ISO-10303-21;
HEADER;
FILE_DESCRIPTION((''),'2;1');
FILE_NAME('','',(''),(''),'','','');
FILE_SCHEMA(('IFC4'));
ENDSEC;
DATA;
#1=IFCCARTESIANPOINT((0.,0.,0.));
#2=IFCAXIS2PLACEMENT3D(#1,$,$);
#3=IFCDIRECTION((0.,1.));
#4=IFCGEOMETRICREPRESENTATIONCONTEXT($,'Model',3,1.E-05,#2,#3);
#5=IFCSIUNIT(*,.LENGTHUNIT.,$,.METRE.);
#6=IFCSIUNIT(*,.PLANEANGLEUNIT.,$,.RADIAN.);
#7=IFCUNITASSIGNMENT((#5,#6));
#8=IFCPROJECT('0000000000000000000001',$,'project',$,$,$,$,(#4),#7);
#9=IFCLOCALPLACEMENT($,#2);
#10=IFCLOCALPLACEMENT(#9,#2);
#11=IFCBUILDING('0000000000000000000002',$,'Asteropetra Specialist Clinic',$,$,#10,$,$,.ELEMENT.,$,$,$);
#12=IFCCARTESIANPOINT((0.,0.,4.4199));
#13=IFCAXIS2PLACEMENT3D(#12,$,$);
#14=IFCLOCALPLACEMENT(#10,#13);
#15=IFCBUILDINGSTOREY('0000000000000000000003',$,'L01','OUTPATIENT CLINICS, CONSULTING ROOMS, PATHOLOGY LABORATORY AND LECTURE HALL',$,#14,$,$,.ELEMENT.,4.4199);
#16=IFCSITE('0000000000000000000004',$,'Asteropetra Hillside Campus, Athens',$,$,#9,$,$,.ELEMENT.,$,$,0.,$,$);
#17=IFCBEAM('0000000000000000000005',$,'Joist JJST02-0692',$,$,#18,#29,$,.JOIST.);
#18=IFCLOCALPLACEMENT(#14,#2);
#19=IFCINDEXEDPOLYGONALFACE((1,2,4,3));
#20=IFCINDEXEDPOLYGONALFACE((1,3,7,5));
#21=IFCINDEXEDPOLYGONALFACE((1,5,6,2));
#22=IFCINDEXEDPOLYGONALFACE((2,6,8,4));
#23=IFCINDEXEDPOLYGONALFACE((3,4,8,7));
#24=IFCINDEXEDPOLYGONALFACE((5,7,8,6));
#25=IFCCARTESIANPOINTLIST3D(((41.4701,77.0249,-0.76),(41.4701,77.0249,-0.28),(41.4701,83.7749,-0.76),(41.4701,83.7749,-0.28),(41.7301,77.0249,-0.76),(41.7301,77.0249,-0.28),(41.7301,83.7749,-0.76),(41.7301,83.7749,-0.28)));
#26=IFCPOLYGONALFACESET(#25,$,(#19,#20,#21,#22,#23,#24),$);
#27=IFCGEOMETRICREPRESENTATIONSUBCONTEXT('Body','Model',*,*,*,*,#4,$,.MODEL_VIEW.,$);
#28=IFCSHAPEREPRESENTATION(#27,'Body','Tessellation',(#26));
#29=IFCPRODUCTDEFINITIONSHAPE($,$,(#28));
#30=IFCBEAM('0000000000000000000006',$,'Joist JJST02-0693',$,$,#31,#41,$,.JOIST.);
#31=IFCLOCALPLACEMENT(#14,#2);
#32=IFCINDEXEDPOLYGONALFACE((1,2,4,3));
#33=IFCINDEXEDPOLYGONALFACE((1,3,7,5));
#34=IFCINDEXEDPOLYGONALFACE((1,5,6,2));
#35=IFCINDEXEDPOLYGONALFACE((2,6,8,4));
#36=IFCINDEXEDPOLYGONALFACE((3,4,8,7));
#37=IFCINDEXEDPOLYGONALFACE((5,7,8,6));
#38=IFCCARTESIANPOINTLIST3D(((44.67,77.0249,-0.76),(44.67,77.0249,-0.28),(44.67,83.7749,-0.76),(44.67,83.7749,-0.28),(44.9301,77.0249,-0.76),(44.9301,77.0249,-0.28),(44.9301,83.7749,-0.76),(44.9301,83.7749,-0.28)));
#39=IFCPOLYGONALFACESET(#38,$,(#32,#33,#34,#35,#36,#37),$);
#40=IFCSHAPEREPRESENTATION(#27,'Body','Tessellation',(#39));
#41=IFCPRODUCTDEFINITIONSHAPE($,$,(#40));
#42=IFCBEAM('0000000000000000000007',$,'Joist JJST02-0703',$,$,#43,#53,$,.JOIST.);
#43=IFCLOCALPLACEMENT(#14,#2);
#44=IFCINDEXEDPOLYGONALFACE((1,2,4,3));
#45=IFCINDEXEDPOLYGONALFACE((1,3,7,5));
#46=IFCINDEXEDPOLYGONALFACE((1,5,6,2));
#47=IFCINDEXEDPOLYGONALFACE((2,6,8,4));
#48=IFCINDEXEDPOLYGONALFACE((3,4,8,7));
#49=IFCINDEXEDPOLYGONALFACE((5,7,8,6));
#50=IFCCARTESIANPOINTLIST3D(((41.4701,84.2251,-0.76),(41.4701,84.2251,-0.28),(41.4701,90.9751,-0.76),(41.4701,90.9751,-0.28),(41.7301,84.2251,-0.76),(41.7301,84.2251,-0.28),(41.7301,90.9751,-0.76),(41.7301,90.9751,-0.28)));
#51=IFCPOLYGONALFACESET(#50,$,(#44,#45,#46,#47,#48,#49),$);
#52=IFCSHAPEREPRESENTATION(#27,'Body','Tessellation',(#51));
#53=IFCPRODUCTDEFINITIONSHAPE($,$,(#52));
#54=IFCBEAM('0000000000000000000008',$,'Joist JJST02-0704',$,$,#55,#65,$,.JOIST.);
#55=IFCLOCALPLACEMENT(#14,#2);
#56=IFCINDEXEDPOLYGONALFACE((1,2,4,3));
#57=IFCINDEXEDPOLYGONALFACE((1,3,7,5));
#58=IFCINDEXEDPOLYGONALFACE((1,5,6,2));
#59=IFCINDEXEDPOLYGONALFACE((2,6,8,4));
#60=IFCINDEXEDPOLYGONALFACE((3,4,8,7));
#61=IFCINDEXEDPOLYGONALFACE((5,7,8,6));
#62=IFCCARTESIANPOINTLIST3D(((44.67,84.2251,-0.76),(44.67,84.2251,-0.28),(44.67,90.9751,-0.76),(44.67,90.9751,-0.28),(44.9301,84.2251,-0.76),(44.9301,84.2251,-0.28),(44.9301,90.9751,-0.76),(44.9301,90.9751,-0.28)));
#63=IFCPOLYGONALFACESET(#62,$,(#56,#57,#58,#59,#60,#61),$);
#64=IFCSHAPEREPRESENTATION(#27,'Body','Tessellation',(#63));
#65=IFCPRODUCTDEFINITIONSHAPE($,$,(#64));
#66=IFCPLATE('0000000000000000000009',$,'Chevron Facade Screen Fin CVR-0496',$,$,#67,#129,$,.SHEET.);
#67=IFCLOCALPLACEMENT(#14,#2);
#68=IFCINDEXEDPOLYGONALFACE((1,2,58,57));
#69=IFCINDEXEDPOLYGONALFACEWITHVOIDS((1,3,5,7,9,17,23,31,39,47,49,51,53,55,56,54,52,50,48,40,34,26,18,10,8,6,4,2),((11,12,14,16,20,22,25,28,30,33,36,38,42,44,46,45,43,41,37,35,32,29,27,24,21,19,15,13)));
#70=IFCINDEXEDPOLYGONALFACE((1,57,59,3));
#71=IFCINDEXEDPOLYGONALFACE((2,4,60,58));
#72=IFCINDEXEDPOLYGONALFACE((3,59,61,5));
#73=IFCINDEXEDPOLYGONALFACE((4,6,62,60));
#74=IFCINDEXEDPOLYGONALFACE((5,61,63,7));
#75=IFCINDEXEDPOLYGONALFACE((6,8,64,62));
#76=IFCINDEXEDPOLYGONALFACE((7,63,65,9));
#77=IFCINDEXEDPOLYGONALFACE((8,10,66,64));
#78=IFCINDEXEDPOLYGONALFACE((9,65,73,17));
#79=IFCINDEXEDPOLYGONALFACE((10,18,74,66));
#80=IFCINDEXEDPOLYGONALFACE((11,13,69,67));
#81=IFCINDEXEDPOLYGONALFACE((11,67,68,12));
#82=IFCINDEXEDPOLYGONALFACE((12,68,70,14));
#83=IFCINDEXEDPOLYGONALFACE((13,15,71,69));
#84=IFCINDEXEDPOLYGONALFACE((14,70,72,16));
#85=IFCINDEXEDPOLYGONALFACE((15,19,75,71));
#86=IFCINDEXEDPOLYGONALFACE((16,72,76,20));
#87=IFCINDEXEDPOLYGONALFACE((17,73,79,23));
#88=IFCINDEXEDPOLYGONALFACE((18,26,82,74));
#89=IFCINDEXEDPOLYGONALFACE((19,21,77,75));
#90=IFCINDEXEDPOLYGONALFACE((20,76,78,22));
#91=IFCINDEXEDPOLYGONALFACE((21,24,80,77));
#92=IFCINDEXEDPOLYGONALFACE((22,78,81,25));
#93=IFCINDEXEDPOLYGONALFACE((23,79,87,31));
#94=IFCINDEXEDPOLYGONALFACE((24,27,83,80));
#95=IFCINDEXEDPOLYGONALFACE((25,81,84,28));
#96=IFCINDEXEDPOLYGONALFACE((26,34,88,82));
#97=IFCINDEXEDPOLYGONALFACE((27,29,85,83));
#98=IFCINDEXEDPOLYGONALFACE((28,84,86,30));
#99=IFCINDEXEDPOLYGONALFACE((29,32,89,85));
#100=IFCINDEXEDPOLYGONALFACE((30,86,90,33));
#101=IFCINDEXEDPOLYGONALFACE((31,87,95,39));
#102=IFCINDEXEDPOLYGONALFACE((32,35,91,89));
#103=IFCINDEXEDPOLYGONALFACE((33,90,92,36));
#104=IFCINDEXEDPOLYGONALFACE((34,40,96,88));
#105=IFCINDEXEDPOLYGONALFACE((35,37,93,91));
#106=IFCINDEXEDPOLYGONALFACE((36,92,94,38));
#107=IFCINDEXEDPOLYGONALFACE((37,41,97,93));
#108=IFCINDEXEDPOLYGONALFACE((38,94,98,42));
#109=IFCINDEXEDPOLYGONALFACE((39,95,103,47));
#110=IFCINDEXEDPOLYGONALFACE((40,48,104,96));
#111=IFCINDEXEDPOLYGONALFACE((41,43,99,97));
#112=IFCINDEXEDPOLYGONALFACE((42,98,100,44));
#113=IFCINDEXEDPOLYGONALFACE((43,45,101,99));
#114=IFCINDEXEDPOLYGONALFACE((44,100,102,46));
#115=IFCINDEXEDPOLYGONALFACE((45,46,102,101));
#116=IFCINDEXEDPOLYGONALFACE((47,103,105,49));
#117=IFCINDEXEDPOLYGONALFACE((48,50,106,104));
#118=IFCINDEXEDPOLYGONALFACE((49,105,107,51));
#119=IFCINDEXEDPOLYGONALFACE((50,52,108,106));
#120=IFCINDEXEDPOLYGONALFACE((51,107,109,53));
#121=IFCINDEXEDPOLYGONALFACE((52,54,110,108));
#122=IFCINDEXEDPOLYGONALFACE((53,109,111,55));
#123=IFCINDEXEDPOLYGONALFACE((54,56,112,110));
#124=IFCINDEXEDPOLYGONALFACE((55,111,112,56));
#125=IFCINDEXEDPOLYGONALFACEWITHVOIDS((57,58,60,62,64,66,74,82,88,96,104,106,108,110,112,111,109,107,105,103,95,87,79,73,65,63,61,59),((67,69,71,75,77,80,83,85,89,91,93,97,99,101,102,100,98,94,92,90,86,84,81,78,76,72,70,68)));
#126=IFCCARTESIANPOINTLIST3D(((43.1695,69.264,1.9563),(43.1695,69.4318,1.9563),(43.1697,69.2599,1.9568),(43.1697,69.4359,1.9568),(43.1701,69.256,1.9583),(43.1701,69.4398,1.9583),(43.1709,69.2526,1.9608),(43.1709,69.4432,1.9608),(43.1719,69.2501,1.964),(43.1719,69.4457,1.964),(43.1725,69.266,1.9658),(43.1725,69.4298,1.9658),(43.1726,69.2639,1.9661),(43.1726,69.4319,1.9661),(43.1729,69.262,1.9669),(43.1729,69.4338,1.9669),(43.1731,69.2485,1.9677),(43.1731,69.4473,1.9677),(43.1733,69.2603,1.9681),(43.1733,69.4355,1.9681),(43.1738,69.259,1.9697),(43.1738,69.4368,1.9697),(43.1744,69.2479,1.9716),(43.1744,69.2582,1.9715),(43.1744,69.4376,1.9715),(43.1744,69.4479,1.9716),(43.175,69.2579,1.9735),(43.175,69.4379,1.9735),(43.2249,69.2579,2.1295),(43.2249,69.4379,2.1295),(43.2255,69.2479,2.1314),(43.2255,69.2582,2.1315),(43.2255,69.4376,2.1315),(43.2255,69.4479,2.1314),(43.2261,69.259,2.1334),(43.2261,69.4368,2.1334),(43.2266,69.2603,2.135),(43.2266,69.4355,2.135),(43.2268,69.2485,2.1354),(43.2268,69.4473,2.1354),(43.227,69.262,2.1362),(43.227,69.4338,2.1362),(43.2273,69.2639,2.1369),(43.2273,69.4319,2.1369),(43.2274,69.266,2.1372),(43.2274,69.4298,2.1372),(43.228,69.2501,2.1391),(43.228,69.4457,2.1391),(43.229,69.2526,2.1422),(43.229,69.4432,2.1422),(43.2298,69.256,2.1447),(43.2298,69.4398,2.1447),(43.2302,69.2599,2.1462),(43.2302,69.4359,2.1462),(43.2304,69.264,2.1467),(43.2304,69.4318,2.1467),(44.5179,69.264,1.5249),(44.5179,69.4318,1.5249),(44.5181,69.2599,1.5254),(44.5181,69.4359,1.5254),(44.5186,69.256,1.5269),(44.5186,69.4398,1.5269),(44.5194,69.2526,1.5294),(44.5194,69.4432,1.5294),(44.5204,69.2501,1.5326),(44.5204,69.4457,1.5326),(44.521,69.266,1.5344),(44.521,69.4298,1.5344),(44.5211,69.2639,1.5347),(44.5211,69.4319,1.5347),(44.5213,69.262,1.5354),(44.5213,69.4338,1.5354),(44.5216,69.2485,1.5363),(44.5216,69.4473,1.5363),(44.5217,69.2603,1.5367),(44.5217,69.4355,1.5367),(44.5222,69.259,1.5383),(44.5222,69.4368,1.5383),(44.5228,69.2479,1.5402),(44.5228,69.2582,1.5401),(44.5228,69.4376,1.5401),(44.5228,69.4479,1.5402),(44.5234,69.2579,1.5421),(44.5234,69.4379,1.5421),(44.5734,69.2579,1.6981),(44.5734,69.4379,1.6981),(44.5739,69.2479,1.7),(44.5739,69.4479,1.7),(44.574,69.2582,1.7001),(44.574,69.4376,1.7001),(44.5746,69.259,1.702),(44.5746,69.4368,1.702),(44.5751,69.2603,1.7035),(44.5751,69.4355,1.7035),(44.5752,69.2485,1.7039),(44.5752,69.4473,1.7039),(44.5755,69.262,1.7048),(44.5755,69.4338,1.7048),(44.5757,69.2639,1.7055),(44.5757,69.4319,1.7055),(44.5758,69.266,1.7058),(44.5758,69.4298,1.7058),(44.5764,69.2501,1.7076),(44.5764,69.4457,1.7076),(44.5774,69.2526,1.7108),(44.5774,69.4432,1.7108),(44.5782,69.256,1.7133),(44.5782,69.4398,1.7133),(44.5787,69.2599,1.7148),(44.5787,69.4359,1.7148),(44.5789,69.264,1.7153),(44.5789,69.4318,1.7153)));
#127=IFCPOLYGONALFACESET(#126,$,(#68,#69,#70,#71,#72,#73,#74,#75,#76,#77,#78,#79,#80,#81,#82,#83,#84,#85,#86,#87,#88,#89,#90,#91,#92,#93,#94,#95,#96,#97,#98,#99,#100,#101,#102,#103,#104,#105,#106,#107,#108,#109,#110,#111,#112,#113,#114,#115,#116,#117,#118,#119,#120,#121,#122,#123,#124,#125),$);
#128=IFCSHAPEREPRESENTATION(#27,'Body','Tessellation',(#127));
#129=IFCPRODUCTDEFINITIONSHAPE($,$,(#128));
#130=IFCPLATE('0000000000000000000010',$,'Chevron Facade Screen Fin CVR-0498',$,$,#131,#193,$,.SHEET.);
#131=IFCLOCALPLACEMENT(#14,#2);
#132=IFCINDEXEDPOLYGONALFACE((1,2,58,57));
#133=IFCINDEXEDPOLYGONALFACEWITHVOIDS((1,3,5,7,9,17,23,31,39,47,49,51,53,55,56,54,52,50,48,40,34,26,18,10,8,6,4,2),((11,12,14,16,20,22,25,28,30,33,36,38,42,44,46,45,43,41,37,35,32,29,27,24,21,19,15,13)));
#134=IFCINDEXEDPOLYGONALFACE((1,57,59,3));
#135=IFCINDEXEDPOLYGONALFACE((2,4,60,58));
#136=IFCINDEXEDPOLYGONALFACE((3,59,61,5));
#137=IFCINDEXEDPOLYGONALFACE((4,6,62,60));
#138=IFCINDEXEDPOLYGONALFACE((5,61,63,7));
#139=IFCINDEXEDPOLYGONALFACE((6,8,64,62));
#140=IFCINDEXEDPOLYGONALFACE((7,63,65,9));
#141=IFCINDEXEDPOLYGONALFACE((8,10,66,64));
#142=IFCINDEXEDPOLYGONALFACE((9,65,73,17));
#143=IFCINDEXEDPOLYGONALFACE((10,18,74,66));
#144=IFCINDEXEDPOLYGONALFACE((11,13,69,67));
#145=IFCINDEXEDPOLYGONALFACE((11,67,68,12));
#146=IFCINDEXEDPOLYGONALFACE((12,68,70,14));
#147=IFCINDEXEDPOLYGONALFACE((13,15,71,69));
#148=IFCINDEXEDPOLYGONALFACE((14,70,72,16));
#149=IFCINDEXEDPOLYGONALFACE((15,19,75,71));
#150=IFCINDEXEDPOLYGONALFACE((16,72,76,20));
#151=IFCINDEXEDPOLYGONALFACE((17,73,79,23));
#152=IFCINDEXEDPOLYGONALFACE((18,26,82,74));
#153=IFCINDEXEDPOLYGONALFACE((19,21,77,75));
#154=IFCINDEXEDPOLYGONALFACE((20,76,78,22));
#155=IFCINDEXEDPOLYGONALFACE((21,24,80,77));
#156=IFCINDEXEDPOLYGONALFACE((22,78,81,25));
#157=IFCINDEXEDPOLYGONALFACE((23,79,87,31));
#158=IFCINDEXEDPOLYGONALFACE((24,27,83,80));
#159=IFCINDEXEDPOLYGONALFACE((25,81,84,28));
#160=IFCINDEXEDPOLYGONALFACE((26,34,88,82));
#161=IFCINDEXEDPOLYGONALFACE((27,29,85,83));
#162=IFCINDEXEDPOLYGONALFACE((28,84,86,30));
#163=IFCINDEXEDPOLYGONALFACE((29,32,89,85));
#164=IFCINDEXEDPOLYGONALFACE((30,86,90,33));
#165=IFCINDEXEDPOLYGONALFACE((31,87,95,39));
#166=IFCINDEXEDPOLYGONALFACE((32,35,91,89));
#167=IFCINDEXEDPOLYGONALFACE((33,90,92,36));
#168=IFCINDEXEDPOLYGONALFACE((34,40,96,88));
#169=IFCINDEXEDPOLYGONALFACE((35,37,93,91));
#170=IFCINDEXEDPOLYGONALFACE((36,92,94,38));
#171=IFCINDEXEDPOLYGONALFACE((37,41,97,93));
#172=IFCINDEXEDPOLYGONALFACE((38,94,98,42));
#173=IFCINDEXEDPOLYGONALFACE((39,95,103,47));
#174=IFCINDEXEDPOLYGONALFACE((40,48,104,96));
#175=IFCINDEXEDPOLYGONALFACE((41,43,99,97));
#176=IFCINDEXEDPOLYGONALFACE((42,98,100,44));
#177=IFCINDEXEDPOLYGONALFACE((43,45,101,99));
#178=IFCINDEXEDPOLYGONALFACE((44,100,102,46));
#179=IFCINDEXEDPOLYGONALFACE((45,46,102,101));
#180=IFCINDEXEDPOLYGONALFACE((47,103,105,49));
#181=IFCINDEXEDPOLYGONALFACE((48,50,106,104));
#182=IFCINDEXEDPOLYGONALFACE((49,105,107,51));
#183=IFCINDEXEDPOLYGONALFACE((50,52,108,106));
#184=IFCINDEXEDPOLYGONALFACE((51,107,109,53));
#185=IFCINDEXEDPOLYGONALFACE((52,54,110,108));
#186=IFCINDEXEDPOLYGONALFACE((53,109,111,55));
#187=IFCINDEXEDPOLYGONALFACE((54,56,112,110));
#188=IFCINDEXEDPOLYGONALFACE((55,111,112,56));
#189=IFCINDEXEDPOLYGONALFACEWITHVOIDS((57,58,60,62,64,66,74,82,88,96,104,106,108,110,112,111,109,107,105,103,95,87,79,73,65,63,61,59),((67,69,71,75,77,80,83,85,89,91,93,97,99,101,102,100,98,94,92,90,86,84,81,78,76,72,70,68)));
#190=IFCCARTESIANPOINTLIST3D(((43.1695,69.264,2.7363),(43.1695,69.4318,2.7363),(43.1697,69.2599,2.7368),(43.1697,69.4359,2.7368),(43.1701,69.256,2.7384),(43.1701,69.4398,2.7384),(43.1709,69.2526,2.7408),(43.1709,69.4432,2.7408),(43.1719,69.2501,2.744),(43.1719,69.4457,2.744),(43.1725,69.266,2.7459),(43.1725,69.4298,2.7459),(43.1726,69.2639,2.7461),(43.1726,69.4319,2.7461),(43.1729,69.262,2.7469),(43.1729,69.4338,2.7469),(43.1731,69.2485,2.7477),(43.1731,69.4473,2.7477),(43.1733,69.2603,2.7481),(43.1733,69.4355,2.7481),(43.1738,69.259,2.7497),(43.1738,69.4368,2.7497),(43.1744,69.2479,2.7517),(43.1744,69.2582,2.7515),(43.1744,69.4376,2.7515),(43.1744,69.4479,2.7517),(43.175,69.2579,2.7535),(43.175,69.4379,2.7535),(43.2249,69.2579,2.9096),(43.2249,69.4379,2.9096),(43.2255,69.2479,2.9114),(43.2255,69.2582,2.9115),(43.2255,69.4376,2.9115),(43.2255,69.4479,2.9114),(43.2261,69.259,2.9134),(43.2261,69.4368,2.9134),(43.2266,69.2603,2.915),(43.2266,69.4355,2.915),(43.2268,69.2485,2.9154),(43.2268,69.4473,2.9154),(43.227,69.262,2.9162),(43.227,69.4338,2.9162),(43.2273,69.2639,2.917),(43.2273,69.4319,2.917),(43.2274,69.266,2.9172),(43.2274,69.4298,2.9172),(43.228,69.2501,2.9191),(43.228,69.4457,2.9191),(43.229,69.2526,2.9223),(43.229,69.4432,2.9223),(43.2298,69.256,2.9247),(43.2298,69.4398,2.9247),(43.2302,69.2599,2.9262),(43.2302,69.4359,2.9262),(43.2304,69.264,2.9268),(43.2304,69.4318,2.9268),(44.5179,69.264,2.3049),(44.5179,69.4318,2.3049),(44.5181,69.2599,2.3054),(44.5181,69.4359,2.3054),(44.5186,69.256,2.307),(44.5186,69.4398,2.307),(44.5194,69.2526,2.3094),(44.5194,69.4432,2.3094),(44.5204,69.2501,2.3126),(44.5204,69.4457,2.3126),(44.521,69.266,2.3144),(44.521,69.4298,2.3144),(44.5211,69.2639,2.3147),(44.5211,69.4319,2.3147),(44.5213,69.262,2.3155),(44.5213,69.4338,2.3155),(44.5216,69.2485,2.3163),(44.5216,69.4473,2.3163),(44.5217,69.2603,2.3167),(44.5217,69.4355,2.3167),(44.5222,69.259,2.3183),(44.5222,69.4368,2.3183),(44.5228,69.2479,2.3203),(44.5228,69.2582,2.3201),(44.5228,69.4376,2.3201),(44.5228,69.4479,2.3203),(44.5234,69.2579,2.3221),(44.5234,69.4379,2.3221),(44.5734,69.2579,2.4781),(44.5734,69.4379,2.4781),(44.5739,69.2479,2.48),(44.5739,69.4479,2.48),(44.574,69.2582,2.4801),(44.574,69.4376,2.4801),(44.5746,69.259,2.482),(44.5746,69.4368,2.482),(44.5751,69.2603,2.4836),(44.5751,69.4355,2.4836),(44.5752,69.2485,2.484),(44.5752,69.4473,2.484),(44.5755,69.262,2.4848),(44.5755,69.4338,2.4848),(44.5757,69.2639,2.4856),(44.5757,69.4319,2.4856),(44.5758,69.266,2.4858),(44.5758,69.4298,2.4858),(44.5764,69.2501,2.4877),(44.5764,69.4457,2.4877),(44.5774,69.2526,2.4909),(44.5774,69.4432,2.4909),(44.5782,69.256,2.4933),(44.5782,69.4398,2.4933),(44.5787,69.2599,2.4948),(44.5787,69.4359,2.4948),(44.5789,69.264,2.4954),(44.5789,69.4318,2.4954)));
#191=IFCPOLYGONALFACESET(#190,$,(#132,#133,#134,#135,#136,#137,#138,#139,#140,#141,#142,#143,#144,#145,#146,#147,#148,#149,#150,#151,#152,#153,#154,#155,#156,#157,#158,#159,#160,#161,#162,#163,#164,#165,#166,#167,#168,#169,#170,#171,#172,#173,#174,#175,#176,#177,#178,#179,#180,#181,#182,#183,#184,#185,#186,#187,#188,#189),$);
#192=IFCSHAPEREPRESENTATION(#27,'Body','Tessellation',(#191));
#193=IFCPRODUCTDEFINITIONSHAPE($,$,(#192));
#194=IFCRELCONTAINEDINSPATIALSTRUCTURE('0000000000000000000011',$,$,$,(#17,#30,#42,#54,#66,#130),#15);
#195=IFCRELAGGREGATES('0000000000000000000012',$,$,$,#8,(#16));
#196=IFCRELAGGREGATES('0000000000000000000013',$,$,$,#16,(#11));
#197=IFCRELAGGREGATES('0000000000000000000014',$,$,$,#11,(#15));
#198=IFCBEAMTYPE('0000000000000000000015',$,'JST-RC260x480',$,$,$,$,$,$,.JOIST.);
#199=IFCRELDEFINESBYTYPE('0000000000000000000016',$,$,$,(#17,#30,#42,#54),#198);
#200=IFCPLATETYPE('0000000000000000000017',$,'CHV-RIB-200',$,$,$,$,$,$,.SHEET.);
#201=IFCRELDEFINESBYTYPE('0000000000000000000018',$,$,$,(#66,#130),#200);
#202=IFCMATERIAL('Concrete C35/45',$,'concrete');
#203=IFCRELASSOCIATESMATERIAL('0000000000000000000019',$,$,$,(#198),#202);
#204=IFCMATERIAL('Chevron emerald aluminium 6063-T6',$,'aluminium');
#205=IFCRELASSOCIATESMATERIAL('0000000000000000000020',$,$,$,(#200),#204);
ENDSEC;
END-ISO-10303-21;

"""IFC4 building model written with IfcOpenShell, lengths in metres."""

from ifc_helpers import new_model, si_unit, direction, frame, origin, origin_2d, place, context, subcontext, project, spatial, rectangle, hollow_rectangle, extrude, material, material_profile, profile_set, type_object, element, save


model = new_model("IFC4")

# Units and contexts
model_context = context("Model", 3, precision=1e-05, world=origin(), true_north=direction((0.0, 1.0)))
body_context = subcontext(model_context, "Body", "Model", "MODEL_VIEW")
ifc_project = project(units=[si_unit("LENGTHUNIT", "METRE"), si_unit("PLANEANGLEUNIT", "RADIAN")], contexts=[model_context])

# Site, building, storey
site_placement = place(None, origin())
site = spatial("IfcSite", under=ifc_project, at=site_placement, Name="Asteropetra Hillside Campus, Athens", CompositionType="ELEMENT", RefElevation=0.0)
building_placement = place(site_placement, origin())
building = spatial("IfcBuilding", under=site, at=building_placement, Name="Asteropetra Specialist Clinic", CompositionType="ELEMENT")
storey_placement = place(building_placement, frame((0.0, 0.0, 4.4199)))
storey = spatial("IfcBuildingStorey", under=building, at=storey_placement, Name="L01", Description="OUTPATIENT CLINICS, CONSULTING ROOMS, PATHOLOGY LABORATORY AND LECTURE HALL", CompositionType="ELEMENT", Elevation=4.4199)

# Beams
ifc_material_1 = material(Name="Concrete C35/45", Category="concrete")
ifc_material_profile_1 = material_profile(ifc_material_1, rectangle(XDim=0.26, YDim=0.48, at=origin_2d()), Name="RCJ 260x480")
ifc_profile_set_1 = profile_set([ifc_material_profile_1], Name="Concrete C35/45")
beam_type = type_object("IfcBeamType", Name="JST-RC260x480", PredefinedType="JOIST", material=ifc_profile_set_1)
for number, where, z_axis, x_axis, name in (
    (1, (41.6001, 77.0249, -0.52), (0.0, 1.0, 0.0), (-1.0, 0.0, 0.0), "Joist JJST02-0692"),
    (2, (44.8, 77.0249, -0.52), (0.0, 1.0, 0.0), (-1.0, 0.0, 0.0), "Joist JJST02-0693"),
    (3, (41.6001, 84.2251, -0.52), (0.0, 1.0, 0.0), (-1.0, 0.0, 0.0), "Joist JJST02-0703"),
    (4, (44.8, 84.2251, -0.52), (0.0, 1.0, 0.0), (-1.0, 0.0, 0.0), "Joist JJST02-0704"),
):
    element("IfcBeam", number, at=place(storey_placement, frame(where, z_axis=z_axis, x_axis=x_axis)), inside=storey, type_object=beam_type, Name=name, PredefinedType="JOIST", context=body_context, shape_type="SweptSolid", body=[
        extrude(rectangle(XDim=0.26, YDim=0.48, at=origin_2d()), origin(), (0.0, 0.0, 1.0), 6.75),
    ])

# Plates
ifc_material_2 = material(Name="Chevron emerald aluminium 6063-T6", Category="aluminium")
ifc_material_profile_2 = material_profile(ifc_material_2, hollow_rectangle(XDim=0.2, YDim=0.2, WallThickness=0.01, InnerFilletRadius=0.0081, OuterFilletRadius=0.0161, at=origin_2d()), Name="SHS 200x200x10.0")
ifc_profile_set_2 = profile_set([ifc_material_profile_2], Name="Chevron emerald aluminium 6063-T6")
plate_type = type_object("IfcPlateType", Name="CHV-RIB-200", PredefinedType="SHEET", material=ifc_profile_set_2)
for number, where, z_axis, x_axis, name in (
    (5, (43.2, 69.3479, 2.0515), (0.952442, 0.0, -0.304719), (0.0, 1.0, 0.0), "Chevron Facade Screen Fin CVR-0496"),
    (6, (43.2, 69.3479, 2.8315), (0.952442, 0.0, -0.304719), (0.0, 1.0, 0.0), "Chevron Facade Screen Fin CVR-0498"),
):
    element("IfcPlate", number, at=place(storey_placement, frame(where, z_axis=z_axis, x_axis=x_axis)), inside=storey, type_object=plate_type, Name=name, PredefinedType="SHEET", context=body_context, shape_type="SweptSolid", body=[
        extrude(hollow_rectangle(XDim=0.2, YDim=0.2, WallThickness=0.01, InnerFilletRadius=0.0081, OuterFilletRadius=0.0161, at=origin_2d()), origin(), (0.0, 0.0, 1.0), 1.4158),
    ])

save(model, "model.ifc")
